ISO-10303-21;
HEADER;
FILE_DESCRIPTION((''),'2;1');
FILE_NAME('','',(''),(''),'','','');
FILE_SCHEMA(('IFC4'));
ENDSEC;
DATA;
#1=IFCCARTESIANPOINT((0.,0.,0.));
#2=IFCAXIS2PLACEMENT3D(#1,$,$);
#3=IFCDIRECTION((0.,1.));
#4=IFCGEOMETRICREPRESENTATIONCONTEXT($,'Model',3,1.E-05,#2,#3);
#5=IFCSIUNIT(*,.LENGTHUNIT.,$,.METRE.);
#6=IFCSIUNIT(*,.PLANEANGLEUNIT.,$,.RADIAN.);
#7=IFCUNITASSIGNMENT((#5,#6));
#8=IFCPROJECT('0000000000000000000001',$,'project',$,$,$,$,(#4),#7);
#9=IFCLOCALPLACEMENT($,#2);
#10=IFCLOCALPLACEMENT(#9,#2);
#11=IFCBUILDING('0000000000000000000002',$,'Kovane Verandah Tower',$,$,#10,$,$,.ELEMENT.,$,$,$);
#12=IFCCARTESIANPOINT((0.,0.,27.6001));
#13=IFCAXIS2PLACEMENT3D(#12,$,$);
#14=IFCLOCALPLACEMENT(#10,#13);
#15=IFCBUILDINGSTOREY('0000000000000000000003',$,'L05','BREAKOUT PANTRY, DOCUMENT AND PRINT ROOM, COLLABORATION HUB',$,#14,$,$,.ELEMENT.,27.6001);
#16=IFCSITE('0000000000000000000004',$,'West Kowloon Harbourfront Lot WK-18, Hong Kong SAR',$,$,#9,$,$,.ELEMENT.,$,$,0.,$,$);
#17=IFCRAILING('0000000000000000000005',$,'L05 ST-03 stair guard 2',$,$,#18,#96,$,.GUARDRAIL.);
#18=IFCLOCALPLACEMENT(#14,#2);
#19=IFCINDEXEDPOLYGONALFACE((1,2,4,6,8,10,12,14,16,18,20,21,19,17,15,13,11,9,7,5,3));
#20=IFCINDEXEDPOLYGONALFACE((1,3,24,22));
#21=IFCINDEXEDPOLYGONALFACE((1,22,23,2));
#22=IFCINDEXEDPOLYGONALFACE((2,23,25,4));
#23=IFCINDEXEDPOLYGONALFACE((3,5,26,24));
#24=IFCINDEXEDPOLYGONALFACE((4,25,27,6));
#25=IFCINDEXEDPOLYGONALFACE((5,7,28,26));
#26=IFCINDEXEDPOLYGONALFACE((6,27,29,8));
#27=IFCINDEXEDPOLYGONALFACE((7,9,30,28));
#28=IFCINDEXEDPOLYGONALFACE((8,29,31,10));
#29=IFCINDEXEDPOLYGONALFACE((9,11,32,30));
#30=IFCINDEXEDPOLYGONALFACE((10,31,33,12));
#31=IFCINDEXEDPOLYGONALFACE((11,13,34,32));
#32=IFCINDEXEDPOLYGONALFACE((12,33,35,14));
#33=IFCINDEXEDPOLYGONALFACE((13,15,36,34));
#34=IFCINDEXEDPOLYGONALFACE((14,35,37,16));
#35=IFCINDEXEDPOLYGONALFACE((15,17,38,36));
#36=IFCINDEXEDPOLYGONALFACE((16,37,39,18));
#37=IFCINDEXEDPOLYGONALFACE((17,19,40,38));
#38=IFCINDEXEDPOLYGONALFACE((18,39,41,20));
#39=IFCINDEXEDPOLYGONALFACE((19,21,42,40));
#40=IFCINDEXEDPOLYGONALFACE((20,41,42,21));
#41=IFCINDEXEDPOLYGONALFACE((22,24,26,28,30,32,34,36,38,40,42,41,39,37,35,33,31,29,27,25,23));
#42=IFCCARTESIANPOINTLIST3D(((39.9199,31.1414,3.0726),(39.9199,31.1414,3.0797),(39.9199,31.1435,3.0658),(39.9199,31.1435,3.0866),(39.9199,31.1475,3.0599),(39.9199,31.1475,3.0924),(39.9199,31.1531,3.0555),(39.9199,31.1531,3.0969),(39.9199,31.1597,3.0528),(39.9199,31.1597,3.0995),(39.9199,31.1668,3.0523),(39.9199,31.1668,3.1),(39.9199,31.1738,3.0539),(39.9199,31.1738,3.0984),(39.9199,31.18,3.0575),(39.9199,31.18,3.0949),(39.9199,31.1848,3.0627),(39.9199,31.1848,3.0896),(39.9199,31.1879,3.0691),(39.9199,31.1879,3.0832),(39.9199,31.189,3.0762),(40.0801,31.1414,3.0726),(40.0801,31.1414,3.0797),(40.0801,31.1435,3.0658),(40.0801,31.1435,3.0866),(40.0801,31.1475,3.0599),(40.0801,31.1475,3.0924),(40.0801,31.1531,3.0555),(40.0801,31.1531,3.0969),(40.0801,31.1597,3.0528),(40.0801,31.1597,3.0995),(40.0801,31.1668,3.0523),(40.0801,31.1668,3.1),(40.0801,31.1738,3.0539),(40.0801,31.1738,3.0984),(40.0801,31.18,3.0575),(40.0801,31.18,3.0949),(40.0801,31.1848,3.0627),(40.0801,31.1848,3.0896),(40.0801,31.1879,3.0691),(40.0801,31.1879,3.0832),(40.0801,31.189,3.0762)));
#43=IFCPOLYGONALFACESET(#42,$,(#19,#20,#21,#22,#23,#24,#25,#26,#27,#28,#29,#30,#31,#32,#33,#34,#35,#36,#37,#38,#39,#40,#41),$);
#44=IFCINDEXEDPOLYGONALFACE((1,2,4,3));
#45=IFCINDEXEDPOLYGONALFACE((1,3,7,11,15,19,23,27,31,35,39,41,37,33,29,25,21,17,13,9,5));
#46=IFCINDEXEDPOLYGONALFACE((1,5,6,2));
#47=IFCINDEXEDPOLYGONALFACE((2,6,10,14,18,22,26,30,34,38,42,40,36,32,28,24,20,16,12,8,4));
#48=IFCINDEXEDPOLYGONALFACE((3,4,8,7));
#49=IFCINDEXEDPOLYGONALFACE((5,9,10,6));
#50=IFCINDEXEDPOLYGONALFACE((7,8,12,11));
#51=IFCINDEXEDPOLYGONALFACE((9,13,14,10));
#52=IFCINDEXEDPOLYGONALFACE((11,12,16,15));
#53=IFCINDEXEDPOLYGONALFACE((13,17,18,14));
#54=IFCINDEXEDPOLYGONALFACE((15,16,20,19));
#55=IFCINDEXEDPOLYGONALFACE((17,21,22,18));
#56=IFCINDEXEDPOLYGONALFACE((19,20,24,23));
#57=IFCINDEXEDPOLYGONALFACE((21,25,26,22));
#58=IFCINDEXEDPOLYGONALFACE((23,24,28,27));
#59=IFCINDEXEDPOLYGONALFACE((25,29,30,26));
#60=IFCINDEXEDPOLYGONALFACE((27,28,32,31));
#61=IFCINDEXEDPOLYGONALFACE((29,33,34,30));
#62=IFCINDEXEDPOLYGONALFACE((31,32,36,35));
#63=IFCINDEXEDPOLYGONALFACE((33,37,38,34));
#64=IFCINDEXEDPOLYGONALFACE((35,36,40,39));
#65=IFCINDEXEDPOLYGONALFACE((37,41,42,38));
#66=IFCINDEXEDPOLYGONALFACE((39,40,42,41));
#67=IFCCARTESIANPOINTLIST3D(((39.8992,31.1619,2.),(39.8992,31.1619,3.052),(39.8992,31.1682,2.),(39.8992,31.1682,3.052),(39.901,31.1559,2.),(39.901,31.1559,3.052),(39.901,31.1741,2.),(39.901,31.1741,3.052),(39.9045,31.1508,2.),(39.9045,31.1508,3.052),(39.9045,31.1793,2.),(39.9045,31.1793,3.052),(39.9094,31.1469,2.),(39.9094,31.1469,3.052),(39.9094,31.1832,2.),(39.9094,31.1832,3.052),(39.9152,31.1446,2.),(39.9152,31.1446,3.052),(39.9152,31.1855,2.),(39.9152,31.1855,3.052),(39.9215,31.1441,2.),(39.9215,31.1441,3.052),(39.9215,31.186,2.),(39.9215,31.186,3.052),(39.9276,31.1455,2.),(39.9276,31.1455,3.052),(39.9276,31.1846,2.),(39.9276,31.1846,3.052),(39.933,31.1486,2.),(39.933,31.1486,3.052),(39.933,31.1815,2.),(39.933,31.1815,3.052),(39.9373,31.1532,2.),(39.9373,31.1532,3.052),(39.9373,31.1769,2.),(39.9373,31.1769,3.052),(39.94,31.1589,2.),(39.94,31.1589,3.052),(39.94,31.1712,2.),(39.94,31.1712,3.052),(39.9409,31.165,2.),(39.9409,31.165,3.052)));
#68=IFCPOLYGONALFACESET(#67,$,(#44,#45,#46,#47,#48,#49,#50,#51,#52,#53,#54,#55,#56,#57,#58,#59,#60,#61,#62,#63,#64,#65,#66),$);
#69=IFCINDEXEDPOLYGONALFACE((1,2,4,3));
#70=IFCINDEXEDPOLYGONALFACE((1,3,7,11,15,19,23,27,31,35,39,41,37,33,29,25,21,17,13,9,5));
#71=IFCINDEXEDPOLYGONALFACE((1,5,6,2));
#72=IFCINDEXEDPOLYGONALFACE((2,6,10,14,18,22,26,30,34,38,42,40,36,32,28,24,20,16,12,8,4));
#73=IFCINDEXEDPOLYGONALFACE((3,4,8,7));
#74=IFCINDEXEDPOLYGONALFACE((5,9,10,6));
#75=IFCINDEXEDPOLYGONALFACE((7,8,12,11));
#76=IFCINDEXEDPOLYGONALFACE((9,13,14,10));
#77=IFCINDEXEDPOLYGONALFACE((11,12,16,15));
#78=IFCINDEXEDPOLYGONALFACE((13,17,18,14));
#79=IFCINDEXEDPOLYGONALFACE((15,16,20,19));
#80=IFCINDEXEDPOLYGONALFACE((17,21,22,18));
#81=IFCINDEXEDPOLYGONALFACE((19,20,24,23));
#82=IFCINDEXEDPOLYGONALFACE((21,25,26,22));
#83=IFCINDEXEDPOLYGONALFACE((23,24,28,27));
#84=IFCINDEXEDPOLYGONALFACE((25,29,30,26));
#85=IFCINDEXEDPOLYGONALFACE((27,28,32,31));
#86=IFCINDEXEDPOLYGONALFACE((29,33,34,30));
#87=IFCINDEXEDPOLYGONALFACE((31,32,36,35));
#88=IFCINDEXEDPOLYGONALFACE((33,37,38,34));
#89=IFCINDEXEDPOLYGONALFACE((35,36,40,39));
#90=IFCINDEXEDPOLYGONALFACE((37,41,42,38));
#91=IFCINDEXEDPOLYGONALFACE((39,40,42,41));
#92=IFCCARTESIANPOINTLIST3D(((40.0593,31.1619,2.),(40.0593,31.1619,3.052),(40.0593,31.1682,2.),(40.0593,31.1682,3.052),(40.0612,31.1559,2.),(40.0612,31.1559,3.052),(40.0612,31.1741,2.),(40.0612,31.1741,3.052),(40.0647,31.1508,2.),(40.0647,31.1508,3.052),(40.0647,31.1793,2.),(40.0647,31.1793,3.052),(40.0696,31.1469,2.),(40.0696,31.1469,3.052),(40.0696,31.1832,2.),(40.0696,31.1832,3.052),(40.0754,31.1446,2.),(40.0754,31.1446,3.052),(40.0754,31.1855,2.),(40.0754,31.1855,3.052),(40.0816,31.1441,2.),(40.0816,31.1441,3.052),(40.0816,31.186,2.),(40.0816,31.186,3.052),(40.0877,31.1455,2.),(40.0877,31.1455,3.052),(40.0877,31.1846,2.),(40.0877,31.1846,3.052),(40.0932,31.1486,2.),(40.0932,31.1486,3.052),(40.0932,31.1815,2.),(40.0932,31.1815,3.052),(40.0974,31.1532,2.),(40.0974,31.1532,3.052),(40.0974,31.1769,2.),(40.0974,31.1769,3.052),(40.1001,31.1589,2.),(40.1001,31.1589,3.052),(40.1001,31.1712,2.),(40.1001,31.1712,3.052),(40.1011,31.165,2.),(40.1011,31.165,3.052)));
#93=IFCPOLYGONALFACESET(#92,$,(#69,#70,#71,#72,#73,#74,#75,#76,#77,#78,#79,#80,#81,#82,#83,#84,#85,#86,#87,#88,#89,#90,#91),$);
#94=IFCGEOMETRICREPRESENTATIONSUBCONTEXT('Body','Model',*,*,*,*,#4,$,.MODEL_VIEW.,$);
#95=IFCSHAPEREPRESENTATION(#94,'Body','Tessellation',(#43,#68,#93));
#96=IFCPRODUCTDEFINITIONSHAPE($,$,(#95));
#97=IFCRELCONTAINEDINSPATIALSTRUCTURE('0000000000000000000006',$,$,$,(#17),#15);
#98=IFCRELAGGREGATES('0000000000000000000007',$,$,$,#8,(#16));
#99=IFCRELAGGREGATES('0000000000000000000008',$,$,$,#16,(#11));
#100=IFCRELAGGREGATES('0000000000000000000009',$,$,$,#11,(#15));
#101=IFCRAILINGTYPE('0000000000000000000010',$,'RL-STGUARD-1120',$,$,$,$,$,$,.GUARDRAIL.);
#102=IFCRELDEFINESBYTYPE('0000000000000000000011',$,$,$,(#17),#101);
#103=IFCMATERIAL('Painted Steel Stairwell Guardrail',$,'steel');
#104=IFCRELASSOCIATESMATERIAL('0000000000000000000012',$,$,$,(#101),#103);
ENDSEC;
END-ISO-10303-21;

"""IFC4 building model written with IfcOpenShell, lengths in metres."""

from ifc_helpers import new_model, si_unit, direction, frame, origin, origin_2d, place, context, subcontext, project, spatial, circle, extrude, material, type_object, element, save


model = new_model("IFC4")

# Units and contexts
model_context = context("Model", 3, precision=1e-05, world=origin(), true_north=direction((0.0, 1.0)))
body_context = subcontext(model_context, "Body", "Model", "MODEL_VIEW")
ifc_project = project(units=[si_unit("LENGTHUNIT", "METRE"), si_unit("PLANEANGLEUNIT", "RADIAN")], contexts=[model_context])

# Site, building, storey
site_placement = place(None, origin())
site = spatial("IfcSite", under=ifc_project, at=site_placement, Name="West Kowloon Harbourfront Lot WK-18, Hong Kong SAR", CompositionType="ELEMENT", RefElevation=0.0)
building_placement = place(site_placement, origin())
building = spatial("IfcBuilding", under=site, at=building_placement, Name="Kovane Verandah Tower", CompositionType="ELEMENT")
storey_placement = place(building_placement, frame((0.0, 0.0, 27.6001)))
storey = spatial("IfcBuildingStorey", under=building, at=storey_placement, Name="L05", Description="BREAKOUT PANTRY, DOCUMENT AND PRINT ROOM, COLLABORATION HUB", CompositionType="ELEMENT", Elevation=27.6001)

# Railing
ifc_material_1 = material(Name="Painted Steel Stairwell Guardrail", Category="steel")
railing_type_1 = type_object("IfcRailingType", Name="RL-STGUARD-1120", PredefinedType="GUARDRAIL", material=ifc_material_1)
railing_1_placement = place(storey_placement, frame((39.9199, 31.165, 2.0)))
element("IfcRailing", 1, at=railing_1_placement, inside=storey, type_object=railing_type_1, Name="L05 ST-03 stair guard 2", PredefinedType="GUARDRAIL", context=body_context, shape_type="SweptSolid", body=[
    extrude(circle(Radius=0.0239, at=origin_2d()), frame((0.0, 0.0, 1.0762), z_axis=(1.0, 0.0, 0.0), x_axis=(0.0, 1.0, 0.0)), (0.0, 0.0, 1.0), 0.1602),
    extrude(circle(Radius=0.021, at=origin_2d()), origin(), (0.0, 0.0, 1.0), 1.052),
    extrude(circle(Radius=0.021, at=origin_2d()), frame((0.1602, 0.0, 0.0)), (0.0, 0.0, 1.0), 1.052),
])

save(model, "model.ifc")
